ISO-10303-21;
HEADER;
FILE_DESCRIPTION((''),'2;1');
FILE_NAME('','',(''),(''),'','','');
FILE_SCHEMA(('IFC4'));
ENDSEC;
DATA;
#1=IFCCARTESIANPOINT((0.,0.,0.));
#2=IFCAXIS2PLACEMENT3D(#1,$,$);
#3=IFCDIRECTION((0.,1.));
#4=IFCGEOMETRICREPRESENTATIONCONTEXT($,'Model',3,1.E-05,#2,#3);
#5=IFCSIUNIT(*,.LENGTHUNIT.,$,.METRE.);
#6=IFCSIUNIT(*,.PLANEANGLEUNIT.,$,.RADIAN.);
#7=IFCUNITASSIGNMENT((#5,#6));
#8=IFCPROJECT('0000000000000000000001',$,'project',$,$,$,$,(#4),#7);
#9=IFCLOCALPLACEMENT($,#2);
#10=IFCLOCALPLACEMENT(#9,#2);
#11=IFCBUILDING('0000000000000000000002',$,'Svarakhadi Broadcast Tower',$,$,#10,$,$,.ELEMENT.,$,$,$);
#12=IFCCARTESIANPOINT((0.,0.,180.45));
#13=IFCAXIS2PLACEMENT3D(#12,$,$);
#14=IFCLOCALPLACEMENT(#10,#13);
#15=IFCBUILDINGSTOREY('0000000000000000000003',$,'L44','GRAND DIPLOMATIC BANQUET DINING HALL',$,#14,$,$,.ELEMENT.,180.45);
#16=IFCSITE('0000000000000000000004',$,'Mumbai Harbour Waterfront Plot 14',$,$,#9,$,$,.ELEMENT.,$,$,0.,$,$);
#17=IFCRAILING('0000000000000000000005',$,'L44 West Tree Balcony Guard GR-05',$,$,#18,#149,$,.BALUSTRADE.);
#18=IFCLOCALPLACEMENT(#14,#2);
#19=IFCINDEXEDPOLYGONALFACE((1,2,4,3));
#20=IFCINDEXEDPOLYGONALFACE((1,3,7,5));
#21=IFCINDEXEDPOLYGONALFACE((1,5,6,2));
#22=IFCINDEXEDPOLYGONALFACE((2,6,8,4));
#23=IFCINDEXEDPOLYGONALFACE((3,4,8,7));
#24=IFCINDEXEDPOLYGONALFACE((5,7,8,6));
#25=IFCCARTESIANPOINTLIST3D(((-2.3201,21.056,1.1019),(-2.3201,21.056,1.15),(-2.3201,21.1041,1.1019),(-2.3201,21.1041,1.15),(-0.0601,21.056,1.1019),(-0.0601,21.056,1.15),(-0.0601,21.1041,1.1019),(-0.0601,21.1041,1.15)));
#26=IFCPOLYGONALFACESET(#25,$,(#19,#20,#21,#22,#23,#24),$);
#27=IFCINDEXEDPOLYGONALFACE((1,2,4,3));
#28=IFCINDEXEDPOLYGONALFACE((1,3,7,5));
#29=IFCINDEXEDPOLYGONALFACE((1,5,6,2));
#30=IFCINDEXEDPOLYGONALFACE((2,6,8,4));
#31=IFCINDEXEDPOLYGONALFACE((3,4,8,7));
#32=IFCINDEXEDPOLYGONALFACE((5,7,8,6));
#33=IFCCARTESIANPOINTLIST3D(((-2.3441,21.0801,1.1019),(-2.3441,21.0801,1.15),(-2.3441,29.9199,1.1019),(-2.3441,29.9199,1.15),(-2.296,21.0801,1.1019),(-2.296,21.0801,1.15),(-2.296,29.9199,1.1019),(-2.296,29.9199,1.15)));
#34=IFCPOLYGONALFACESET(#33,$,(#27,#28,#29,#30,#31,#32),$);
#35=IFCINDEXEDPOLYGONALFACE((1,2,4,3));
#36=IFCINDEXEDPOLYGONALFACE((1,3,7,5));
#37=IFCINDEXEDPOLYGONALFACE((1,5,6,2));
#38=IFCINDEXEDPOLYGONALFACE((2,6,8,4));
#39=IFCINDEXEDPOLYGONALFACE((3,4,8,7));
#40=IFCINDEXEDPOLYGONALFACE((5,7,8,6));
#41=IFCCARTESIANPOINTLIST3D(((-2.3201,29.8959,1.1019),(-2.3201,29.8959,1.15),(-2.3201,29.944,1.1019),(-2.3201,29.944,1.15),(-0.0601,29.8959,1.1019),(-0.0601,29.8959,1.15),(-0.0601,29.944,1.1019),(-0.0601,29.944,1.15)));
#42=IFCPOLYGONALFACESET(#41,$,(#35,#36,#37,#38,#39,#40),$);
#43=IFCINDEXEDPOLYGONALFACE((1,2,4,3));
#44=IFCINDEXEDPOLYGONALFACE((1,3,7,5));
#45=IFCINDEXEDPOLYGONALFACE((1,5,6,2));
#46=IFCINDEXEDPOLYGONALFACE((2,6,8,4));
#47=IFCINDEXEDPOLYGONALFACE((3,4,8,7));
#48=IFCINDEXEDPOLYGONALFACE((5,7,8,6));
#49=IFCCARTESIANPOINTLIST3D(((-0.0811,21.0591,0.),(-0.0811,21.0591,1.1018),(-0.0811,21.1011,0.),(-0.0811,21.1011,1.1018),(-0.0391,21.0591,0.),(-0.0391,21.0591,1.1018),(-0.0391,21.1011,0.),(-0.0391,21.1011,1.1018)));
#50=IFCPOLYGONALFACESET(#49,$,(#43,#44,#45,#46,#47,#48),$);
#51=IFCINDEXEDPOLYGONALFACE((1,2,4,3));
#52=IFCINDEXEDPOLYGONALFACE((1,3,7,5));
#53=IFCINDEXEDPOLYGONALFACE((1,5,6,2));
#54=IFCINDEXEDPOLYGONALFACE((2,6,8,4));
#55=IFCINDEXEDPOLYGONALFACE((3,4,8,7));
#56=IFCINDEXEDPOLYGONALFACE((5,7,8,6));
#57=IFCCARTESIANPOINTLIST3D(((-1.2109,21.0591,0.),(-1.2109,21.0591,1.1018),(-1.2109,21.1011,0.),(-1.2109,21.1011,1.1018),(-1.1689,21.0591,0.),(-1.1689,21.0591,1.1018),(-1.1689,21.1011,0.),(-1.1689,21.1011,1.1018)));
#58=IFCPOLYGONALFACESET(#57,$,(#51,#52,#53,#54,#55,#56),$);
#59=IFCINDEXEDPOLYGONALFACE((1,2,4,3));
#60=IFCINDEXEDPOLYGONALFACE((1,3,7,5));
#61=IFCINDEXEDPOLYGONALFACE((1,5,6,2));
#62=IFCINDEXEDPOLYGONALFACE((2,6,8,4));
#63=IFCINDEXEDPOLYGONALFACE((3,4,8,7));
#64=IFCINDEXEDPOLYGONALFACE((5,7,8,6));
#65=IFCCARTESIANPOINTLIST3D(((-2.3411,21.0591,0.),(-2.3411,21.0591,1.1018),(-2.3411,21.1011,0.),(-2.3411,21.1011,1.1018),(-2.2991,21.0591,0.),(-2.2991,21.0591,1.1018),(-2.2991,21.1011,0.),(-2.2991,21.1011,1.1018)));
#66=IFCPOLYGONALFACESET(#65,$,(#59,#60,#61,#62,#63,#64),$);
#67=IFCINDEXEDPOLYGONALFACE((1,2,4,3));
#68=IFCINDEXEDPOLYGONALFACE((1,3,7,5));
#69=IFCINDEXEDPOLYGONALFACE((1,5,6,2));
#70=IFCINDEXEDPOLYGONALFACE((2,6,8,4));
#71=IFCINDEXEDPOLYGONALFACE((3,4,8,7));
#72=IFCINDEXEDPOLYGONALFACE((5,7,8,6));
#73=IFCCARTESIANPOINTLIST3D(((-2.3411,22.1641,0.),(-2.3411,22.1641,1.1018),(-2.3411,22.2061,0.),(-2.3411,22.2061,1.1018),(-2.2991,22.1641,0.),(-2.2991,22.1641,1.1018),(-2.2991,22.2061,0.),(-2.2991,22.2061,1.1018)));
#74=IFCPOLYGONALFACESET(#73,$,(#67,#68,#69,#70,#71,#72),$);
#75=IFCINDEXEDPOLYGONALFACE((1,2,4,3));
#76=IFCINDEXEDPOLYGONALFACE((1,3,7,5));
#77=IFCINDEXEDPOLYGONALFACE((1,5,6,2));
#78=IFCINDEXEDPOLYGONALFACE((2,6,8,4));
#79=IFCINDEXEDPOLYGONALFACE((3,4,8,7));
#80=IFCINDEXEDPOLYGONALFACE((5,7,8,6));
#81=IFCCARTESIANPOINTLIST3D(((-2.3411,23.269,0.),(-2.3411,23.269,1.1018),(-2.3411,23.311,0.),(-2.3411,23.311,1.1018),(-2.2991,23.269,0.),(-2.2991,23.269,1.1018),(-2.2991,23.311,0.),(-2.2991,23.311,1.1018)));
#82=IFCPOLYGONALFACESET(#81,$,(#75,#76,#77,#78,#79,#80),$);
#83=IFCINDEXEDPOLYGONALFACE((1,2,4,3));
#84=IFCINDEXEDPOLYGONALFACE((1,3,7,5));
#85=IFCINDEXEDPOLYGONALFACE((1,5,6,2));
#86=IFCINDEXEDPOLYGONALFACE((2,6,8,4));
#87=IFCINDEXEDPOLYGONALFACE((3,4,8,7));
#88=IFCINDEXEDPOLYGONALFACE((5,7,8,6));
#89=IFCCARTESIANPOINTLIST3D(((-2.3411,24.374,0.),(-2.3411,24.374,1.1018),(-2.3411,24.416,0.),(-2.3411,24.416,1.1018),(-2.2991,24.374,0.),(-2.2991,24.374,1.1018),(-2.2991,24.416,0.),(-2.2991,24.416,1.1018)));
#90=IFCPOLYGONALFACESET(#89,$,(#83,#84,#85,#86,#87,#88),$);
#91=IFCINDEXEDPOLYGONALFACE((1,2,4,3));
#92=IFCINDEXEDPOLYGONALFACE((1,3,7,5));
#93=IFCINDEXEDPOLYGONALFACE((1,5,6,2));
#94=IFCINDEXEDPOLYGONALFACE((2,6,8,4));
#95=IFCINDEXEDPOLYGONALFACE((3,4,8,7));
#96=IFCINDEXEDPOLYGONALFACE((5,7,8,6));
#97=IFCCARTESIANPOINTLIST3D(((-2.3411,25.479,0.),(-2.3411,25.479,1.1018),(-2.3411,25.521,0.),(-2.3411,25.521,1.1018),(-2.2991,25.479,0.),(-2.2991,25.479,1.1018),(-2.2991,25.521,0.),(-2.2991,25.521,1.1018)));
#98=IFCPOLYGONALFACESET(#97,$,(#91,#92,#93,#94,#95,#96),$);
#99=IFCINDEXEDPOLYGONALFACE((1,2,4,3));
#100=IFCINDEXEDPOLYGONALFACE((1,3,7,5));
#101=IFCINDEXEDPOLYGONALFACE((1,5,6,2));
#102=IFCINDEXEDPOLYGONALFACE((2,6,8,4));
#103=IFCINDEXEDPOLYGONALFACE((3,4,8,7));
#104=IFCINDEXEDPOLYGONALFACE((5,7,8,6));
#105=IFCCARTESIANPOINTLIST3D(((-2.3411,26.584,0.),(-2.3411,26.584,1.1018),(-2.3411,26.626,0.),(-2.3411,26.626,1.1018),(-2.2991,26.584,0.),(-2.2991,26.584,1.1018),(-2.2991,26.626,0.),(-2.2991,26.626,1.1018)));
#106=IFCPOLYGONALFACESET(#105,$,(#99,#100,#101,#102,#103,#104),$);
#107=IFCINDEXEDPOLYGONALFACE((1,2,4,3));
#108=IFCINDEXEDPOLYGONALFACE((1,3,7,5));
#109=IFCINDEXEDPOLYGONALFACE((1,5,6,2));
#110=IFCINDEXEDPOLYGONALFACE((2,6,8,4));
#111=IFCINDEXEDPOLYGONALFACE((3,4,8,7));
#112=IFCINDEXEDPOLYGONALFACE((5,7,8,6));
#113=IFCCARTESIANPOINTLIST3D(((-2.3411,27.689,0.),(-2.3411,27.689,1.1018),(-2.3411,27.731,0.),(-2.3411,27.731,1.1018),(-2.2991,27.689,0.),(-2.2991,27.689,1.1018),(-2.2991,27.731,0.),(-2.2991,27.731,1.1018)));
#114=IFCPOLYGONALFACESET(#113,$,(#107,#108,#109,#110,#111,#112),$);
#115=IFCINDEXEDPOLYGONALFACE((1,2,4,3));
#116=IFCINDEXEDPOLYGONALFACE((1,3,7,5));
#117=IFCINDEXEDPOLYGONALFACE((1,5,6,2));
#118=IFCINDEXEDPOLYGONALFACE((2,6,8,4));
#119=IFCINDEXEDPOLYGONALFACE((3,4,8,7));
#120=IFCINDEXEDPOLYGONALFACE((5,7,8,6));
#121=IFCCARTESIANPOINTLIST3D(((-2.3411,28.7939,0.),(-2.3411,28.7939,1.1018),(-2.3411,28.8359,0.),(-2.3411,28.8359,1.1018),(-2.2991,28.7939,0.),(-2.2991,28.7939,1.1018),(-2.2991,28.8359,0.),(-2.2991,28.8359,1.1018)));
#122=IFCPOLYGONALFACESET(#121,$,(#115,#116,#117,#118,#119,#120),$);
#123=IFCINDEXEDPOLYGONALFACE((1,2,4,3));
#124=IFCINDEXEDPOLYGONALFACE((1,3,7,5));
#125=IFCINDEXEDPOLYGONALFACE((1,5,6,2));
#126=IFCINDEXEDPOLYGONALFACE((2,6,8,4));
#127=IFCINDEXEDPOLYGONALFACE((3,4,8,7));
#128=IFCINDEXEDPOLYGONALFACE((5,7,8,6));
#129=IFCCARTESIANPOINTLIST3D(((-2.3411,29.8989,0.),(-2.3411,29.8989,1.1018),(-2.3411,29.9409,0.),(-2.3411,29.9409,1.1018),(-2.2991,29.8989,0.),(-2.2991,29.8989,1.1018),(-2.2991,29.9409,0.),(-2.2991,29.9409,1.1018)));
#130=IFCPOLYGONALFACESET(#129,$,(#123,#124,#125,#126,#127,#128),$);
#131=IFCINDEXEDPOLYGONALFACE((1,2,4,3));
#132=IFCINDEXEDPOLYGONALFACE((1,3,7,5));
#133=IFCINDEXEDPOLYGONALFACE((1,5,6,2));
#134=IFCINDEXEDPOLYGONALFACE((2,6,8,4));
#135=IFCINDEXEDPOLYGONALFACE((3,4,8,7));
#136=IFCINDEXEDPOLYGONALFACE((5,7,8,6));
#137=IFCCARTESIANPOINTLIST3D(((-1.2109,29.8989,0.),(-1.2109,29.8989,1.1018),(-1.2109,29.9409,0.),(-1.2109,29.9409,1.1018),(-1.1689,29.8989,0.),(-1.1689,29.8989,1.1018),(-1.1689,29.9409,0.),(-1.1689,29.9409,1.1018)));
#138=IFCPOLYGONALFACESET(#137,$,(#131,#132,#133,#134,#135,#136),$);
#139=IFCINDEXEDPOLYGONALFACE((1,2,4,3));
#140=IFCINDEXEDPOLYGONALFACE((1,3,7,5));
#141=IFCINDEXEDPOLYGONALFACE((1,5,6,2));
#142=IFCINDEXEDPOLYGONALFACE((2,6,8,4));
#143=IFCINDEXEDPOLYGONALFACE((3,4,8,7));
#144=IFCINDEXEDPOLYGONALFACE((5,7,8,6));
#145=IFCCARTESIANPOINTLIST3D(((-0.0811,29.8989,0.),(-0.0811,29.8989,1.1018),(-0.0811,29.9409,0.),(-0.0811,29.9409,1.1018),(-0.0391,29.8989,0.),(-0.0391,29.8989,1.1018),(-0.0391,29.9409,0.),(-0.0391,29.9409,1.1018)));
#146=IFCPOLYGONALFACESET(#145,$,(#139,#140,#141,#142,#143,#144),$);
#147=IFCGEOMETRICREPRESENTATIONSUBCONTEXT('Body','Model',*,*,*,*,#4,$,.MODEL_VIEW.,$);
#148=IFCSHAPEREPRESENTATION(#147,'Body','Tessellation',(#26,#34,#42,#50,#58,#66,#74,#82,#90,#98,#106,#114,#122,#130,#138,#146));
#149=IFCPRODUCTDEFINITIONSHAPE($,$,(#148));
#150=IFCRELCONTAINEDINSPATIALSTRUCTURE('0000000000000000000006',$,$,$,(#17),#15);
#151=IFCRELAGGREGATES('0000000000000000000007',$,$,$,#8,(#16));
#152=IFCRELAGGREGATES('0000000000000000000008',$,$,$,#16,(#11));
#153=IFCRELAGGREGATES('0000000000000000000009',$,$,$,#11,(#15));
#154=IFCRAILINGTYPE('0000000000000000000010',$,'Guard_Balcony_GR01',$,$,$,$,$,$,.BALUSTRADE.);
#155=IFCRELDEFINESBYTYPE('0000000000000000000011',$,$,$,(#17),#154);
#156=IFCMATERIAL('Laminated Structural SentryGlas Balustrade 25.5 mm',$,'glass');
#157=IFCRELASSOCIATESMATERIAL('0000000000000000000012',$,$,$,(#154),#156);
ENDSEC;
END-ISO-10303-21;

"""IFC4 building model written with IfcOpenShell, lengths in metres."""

from ifc_helpers import new_model, si_unit, direction, frame, origin, origin_2d, place, context, subcontext, project, spatial, rectangle, extrude, material, type_object, element, save


model = new_model("IFC4")

# Units and contexts
model_context = context("Model", 3, precision=1e-05, world=origin(), true_north=direction((0.0, 1.0)))
body_context = subcontext(model_context, "Body", "Model", "MODEL_VIEW")
ifc_project = project(units=[si_unit("LENGTHUNIT", "METRE"), si_unit("PLANEANGLEUNIT", "RADIAN")], contexts=[model_context])

# Site, building, storey
site_placement = place(None, origin())
site = spatial("IfcSite", under=ifc_project, at=site_placement, Name="Mumbai Harbour Waterfront Plot 14", CompositionType="ELEMENT", RefElevation=0.0)
building_placement = place(site_placement, origin())
building = spatial("IfcBuilding", under=site, at=building_placement, Name="Svarakhadi Broadcast Tower", CompositionType="ELEMENT")
storey_placement = place(building_placement, frame((0.0, 0.0, 180.45)))
storey = spatial("IfcBuildingStorey", under=building, at=storey_placement, Name="L44", Description="GRAND DIPLOMATIC BANQUET DINING HALL", CompositionType="ELEMENT", Elevation=180.45)

# Railing
ifc_material_1 = material(Name="Laminated Structural SentryGlas Balustrade 25.5 mm", Category="glass")
railing_type = type_object("IfcRailingType", Name="Guard_Balcony_GR01", PredefinedType="BALUSTRADE", material=ifc_material_1)
railing_placement = place(storey_placement, frame((-0.0601, 21.0801, 0.0)))
element("IfcRailing", 1, at=railing_placement, inside=storey, type_object=railing_type, Name="L44 West Tree Balcony Guard GR-05", PredefinedType="BALUSTRADE", context=body_context, shape_type="SweptSolid", body=[
    extrude(rectangle(XDim=0.0481, YDim=0.0481, at=origin_2d()), frame((0.0, 0.0, 1.126), z_axis=(-1.0, 0.0, 0.0), x_axis=(0.0, -1.0, 0.0)), (0.0, 0.0, 1.0), 2.26),
    extrude(rectangle(XDim=0.0481, YDim=0.0481, at=origin_2d()), frame((-2.26, 0.0, 1.126), z_axis=(0.0, 1.0, 0.0), x_axis=(-1.0, 0.0, 0.0)), (0.0, 0.0, 1.0), 8.8398),
    extrude(rectangle(XDim=0.0481, YDim=0.0481, at=origin_2d()), frame((-2.26, 8.8398, 1.126), z_axis=(1.0, 0.0, 0.0), x_axis=(0.0, 1.0, 0.0)), (0.0, 0.0, 1.0), 2.26),
    extrude(rectangle(XDim=0.042, YDim=0.042, at=origin_2d()), origin(), (0.0, 0.0, 1.0), 1.1018),
    extrude(rectangle(XDim=0.042, YDim=0.042, at=origin_2d()), frame((-1.1299, 0.0, 0.0)), (0.0, 0.0, 1.0), 1.1018),
    extrude(rectangle(XDim=0.042, YDim=0.042, at=origin_2d()), frame((-2.26, 0.0, 0.0)), (0.0, 0.0, 1.0), 1.1018),
    extrude(rectangle(XDim=0.042, YDim=0.042, at=origin_2d()), frame((-2.26, 1.105, 0.0)), (0.0, 0.0, 1.0), 1.1018),
    extrude(rectangle(XDim=0.042, YDim=0.042, at=origin_2d()), frame((-2.26, 2.21, 0.0)), (0.0, 0.0, 1.0), 1.1018),
    extrude(rectangle(XDim=0.042, YDim=0.042, at=origin_2d()), frame((-2.26, 3.3149, 0.0)), (0.0, 0.0, 1.0), 1.1018),
    extrude(rectangle(XDim=0.042, YDim=0.042, at=origin_2d()), frame((-2.26, 4.4199, 0.0)), (0.0, 0.0, 1.0), 1.1018),
    extrude(rectangle(XDim=0.042, YDim=0.042, at=origin_2d()), frame((-2.26, 5.5249, 0.0)), (0.0, 0.0, 1.0), 1.1018),
    extrude(rectangle(XDim=0.042, YDim=0.042, at=origin_2d()), frame((-2.26, 6.6299, 0.0)), (0.0, 0.0, 1.0), 1.1018),
    extrude(rectangle(XDim=0.042, YDim=0.042, at=origin_2d()), frame((-2.26, 7.7349, 0.0)), (0.0, 0.0, 1.0), 1.1018),
    extrude(rectangle(XDim=0.042, YDim=0.042, at=origin_2d()), frame((-2.26, 8.8398, 0.0)), (0.0, 0.0, 1.0), 1.1018),
    extrude(rectangle(XDim=0.042, YDim=0.042, at=origin_2d()), frame((-1.1299, 8.8398, 0.0)), (0.0, 0.0, 1.0), 1.1018),
    extrude(rectangle(XDim=0.042, YDim=0.042, at=origin_2d()), frame((0.0, 8.8398, 0.0)), (0.0, 0.0, 1.0), 1.1018),
])

save(model, "model.ifc")
